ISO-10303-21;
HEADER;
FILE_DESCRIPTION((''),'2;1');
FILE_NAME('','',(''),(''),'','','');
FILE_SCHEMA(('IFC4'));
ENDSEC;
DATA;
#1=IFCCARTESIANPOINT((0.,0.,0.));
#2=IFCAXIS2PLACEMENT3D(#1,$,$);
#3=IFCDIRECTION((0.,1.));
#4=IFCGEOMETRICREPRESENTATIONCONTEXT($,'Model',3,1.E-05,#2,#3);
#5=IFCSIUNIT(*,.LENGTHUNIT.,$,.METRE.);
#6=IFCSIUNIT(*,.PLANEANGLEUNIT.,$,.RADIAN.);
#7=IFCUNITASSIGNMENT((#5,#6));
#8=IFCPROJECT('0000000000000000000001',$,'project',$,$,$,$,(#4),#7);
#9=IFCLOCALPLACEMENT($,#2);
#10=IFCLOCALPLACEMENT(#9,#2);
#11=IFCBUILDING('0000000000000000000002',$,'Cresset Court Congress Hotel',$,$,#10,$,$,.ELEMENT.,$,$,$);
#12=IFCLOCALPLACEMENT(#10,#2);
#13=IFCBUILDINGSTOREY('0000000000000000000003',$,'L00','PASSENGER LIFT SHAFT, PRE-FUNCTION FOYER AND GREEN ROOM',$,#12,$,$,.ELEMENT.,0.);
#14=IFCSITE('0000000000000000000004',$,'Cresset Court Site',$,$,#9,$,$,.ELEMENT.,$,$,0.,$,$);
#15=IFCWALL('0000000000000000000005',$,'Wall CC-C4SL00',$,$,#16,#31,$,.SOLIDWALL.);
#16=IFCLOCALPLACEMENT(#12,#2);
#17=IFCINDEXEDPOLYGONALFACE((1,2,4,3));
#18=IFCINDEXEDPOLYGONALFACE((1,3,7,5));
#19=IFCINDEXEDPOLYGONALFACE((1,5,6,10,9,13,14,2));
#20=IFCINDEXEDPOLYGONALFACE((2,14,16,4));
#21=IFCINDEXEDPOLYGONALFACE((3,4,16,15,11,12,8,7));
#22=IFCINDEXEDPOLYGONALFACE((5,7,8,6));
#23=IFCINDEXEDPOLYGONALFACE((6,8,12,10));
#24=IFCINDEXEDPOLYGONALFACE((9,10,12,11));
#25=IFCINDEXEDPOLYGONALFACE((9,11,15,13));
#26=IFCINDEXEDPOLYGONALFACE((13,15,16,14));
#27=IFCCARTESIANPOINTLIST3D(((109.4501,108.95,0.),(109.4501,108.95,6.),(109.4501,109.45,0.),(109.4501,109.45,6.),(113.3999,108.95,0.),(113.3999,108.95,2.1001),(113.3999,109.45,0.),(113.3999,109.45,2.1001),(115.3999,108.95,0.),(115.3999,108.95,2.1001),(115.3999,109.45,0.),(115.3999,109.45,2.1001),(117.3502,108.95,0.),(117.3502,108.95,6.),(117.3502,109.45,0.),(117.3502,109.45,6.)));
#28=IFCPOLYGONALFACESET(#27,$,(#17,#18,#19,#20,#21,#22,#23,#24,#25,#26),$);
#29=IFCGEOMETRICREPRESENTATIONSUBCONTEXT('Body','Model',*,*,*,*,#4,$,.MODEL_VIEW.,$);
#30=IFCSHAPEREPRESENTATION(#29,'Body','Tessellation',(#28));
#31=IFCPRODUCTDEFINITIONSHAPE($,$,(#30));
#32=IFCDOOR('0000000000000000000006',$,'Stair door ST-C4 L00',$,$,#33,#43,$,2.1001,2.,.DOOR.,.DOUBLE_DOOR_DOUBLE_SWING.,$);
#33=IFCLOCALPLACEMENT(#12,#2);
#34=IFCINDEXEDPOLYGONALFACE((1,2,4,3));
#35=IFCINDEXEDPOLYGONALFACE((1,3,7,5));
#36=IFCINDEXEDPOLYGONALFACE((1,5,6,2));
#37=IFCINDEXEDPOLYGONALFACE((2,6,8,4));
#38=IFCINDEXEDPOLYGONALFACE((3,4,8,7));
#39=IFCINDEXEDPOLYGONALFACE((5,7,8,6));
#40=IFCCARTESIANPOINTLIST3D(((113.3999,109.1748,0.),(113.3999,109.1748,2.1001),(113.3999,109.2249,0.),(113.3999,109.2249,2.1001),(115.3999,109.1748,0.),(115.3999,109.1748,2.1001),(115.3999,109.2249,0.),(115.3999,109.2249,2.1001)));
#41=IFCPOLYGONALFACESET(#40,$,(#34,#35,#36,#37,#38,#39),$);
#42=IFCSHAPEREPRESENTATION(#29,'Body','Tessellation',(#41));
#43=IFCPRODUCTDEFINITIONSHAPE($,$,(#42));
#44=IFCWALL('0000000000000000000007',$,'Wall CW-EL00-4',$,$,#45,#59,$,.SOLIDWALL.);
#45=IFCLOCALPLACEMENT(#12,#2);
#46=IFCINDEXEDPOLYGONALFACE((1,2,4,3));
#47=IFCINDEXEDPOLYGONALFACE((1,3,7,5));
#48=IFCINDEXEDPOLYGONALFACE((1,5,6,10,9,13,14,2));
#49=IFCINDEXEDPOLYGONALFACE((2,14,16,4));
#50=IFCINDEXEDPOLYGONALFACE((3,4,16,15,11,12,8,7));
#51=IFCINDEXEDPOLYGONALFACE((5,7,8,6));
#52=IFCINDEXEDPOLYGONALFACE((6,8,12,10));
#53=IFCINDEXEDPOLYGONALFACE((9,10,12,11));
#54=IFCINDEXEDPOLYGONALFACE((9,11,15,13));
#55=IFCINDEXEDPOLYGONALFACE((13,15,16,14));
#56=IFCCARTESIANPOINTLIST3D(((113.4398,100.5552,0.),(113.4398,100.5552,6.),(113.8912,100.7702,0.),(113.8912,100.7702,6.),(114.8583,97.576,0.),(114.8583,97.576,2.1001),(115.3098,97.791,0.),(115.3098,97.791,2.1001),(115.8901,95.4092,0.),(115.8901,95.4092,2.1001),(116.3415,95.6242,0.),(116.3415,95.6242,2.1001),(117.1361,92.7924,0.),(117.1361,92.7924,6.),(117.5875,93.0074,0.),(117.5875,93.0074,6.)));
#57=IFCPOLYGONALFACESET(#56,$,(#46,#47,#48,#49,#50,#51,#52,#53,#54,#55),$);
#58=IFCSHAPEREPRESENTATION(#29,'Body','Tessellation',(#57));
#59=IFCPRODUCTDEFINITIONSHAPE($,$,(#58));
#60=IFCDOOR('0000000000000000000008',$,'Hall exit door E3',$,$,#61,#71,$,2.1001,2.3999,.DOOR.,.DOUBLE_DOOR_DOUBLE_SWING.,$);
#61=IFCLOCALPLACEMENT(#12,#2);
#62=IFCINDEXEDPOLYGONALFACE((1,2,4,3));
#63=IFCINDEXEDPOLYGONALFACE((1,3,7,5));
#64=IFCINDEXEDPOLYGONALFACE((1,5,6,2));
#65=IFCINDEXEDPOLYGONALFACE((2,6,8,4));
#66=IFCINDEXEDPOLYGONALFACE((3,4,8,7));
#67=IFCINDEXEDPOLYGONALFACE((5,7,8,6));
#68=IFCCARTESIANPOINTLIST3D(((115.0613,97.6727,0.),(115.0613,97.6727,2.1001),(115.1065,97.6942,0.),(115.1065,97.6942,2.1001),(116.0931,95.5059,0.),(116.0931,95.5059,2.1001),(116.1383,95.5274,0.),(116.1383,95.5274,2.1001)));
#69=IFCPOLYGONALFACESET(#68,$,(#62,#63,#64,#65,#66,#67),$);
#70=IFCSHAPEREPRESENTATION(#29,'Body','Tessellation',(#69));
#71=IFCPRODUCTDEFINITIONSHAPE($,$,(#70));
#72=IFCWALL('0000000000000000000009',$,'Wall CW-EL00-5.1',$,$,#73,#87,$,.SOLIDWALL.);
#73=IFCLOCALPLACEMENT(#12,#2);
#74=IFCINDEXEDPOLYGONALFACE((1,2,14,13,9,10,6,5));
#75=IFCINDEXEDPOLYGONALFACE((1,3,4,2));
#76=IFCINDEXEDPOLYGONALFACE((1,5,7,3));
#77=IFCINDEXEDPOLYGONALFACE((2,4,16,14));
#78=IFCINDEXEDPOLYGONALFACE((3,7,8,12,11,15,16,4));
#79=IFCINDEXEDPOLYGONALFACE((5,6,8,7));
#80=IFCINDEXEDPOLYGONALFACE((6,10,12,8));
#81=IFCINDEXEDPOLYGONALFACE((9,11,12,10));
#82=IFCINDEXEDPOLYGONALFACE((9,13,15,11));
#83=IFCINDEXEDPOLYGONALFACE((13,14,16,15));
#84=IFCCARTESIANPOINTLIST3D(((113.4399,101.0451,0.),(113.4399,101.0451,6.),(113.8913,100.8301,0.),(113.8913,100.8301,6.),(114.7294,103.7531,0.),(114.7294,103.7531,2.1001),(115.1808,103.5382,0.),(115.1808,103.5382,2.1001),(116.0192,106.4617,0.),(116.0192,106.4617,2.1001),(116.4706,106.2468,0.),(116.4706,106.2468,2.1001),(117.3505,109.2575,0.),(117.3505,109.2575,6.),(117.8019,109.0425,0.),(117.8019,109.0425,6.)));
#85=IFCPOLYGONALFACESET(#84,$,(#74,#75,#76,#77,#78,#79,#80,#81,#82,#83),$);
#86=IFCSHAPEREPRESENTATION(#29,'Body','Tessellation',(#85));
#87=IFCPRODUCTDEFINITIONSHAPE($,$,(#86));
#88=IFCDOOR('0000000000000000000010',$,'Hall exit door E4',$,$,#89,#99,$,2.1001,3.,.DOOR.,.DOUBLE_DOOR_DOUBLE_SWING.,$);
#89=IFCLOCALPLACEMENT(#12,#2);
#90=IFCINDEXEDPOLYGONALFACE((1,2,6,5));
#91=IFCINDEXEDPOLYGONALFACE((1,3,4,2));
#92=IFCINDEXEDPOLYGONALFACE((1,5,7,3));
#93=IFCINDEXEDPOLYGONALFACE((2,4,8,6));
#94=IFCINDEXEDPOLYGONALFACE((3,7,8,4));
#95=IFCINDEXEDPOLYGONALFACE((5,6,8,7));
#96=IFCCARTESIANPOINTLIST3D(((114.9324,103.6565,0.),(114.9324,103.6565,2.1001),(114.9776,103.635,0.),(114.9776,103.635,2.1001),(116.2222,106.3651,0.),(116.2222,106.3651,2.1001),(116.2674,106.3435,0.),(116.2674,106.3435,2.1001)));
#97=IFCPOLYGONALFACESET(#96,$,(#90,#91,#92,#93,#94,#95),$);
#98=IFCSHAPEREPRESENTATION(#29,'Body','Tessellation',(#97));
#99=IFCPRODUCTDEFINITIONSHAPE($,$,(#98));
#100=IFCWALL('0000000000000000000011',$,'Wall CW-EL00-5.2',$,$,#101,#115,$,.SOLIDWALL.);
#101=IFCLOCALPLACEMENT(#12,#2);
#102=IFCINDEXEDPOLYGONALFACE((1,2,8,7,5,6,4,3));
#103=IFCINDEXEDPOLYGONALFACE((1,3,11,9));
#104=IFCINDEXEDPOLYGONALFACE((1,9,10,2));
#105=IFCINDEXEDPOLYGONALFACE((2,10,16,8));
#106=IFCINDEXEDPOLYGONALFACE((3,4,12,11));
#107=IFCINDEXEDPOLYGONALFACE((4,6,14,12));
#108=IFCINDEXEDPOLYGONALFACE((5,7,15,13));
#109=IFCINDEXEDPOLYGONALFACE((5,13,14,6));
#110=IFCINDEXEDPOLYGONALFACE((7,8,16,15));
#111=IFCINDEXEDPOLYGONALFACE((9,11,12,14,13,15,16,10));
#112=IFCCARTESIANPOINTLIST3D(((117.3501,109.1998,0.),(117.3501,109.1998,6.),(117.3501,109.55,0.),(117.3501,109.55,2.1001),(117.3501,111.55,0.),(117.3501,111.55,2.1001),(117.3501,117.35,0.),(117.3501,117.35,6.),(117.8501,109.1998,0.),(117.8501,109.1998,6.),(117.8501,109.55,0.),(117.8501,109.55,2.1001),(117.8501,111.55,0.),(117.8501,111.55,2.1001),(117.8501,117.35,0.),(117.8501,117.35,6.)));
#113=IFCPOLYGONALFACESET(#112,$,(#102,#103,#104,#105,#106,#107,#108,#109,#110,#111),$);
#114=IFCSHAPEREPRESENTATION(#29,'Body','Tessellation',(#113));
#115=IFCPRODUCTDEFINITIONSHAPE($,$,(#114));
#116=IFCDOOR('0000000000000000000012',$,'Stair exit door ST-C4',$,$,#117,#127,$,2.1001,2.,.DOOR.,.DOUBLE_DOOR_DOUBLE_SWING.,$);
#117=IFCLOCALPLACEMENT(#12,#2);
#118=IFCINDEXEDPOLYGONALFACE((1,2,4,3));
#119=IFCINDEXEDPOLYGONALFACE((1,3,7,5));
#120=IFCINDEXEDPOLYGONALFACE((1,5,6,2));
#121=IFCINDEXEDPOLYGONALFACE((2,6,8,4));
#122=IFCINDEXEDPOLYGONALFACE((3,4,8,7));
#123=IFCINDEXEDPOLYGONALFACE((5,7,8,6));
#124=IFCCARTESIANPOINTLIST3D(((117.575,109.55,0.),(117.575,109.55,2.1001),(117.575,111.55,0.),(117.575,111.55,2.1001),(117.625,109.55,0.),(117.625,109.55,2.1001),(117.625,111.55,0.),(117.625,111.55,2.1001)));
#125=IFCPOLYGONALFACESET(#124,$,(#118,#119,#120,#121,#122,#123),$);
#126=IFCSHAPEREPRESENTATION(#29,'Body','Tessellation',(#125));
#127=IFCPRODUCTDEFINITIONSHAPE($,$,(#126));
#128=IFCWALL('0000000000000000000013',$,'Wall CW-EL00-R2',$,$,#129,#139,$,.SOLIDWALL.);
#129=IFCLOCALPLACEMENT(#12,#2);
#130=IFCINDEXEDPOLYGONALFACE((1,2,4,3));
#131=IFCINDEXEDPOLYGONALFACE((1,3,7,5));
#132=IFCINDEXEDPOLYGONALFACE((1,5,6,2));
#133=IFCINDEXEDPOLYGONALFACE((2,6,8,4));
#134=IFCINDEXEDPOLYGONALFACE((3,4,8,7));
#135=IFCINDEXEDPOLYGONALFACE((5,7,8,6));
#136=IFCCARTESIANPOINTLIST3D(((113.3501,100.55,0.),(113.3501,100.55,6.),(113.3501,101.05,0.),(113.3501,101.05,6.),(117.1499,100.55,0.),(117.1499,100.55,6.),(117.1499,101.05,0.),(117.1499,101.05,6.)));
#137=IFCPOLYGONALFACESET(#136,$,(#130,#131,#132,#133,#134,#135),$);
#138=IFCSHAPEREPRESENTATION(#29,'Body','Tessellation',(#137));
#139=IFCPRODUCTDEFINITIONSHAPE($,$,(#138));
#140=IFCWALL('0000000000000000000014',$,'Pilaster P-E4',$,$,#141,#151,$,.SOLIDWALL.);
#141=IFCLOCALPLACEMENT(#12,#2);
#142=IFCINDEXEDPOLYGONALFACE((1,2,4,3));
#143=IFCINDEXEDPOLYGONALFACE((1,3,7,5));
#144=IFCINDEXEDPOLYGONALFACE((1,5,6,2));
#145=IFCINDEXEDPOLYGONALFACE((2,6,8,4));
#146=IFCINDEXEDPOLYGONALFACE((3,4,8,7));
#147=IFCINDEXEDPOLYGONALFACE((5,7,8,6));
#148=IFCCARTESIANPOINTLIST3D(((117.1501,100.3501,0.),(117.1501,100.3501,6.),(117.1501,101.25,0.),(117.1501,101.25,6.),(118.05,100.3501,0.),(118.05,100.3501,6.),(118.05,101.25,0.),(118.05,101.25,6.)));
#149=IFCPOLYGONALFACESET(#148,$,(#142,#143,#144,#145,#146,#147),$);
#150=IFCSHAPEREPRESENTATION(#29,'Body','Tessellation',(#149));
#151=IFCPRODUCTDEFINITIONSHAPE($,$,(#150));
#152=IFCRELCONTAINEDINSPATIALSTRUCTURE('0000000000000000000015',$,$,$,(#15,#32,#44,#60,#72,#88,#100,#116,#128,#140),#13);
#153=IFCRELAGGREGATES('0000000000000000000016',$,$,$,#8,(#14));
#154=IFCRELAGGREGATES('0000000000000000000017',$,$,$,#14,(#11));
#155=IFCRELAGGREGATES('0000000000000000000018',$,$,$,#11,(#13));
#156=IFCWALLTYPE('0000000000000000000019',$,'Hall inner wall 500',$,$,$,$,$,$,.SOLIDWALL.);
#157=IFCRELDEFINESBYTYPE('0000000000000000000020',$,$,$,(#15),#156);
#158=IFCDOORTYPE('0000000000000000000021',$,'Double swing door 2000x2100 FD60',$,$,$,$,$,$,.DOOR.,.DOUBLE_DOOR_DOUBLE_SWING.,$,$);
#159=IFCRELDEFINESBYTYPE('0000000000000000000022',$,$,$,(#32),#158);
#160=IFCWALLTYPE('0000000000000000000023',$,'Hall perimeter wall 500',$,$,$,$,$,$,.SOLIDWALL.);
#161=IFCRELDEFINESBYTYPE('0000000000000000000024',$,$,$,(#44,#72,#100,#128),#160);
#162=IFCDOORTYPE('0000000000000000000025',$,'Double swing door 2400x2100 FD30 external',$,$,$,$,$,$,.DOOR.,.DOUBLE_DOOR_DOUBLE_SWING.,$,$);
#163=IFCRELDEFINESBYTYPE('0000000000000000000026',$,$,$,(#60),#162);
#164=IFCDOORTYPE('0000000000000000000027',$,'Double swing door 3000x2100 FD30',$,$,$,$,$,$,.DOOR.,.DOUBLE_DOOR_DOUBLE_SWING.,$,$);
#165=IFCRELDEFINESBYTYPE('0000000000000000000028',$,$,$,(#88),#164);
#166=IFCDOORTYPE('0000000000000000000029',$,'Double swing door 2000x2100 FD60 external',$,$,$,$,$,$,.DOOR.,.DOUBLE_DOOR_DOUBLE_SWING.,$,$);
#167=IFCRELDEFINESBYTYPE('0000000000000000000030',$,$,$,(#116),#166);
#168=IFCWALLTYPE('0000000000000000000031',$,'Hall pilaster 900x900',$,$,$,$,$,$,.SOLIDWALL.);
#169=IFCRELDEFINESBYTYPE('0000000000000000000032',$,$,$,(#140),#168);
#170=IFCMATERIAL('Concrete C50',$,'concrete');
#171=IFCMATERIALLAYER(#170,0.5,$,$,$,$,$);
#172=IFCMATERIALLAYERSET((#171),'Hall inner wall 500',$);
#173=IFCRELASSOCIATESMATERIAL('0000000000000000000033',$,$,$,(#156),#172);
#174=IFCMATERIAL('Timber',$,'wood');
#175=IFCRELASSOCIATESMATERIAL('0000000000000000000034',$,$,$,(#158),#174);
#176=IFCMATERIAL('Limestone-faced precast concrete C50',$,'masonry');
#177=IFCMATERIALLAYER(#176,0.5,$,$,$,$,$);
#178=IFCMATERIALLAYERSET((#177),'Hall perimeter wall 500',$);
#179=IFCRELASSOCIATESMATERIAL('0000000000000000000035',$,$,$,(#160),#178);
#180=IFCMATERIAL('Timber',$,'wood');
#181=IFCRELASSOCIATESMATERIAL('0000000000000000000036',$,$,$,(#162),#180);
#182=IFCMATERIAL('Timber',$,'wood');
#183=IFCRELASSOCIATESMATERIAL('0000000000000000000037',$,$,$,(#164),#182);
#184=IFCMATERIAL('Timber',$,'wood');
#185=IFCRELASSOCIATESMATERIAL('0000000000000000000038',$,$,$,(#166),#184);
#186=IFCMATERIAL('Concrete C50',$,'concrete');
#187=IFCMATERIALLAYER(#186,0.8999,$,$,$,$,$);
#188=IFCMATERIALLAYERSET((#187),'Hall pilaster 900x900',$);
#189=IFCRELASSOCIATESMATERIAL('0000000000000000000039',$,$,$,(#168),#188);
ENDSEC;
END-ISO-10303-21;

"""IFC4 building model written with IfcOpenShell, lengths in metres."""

from ifc_helpers import new_model, si_unit, direction, frame, frame_2d, origin, place, context, subcontext, project, spatial, rectangle, extrude, material, layer, layer_set, type_object, element, fill, save


model = new_model("IFC4")

# Units and contexts
model_context = context("Model", 3, precision=1e-05, world=origin(), true_north=direction((0.0, 1.0)))
body_context = subcontext(model_context, "Body", "Model", "MODEL_VIEW")
ifc_project = project(units=[si_unit("LENGTHUNIT", "METRE"), si_unit("PLANEANGLEUNIT", "RADIAN")], contexts=[model_context])

# Site, building, storey
site_placement = place(None, origin())
site = spatial("IfcSite", under=ifc_project, at=site_placement, Name="Cresset Court Site", CompositionType="ELEMENT", RefElevation=0.0)
building_placement = place(site_placement, origin())
building = spatial("IfcBuilding", under=site, at=building_placement, Name="Cresset Court Congress Hotel", CompositionType="ELEMENT")
storey_placement = place(building_placement, origin())
storey = spatial("IfcBuildingStorey", under=building, at=storey_placement, Name="L00", Description="PASSENGER LIFT SHAFT, PRE-FUNCTION FOYER AND GREEN ROOM", CompositionType="ELEMENT", Elevation=0.0)

# Walls, openings, doors
ifc_material_1 = material(Name="Concrete C50", Category="concrete")
ifc_layer_1 = layer(ifc_material_1, 0.5)
ifc_layer_set_1 = layer_set([ifc_layer_1], Name="Hall inner wall 500")
wall_type_1 = type_object("IfcWallType", Name="Hall inner wall 500", PredefinedType="SOLIDWALL", material=ifc_layer_set_1)
wall_1_placement = place(storey_placement, frame((109.45, 109.2, 0.0), z_axis=(0.0, 0.0, 1.0), x_axis=(1.0, 0.0, 0.0)))
wall_1 = element("IfcWall", 1, at=wall_1_placement, inside=storey, type_object=wall_type_1, Name="Wall CC-C4SL00", PredefinedType="SOLIDWALL", context=body_context, shape_type="SweptSolid", body=[
    extrude(rectangle(XDim=7.9001, YDim=0.5, at=frame_2d((3.9502, 0.0))), origin(), (0.0, 0.0, 1.0), 6.0),
])
opening_1_placement = place(wall_1_placement, frame((3.95, 0.0, 0.0)))
opening_1 = element("IfcOpeningElement", 2, at=opening_1_placement, cuts=wall_1, PredefinedType="OPENING", context=body_context, shape_type="SweptSolid", body=[
    extrude(rectangle(XDim=2.0, YDim=2.1001, at=frame_2d((1.0, 1.05))), frame((0.0, 0.26, 0.0), z_axis=(0.0, -1.0, 0.0), x_axis=(1.0, 0.0, 0.0)), (0.0, 0.0, 1.0), 0.52),
])
ifc_material_2 = material(Name="Timber", Category="wood")
door_type_1 = type_object("IfcDoorType", Name="Double swing door 2000x2100 FD60", OperationType="DOUBLE_DOOR_DOUBLE_SWING", PredefinedType="DOOR", material=ifc_material_2)
door_1_placement = place(opening_1_placement, origin())
door_1 = element("IfcDoor", 3, at=door_1_placement, inside=storey, type_object=door_type_1, Name="Stair door ST-C4 L00", OperationType="DOUBLE_DOOR_DOUBLE_SWING", OverallHeight=2.1001, OverallWidth=2.0, PredefinedType="DOOR", context=body_context, shape_type="SweptSolid", body=[
    extrude(rectangle(XDim=2.0, YDim=2.1001, at=frame_2d((1.0, 1.05))), frame((0.0, 0.0249, 0.0), z_axis=(0.0, -1.0, 0.0), x_axis=(1.0, 0.0, 0.0)), (0.0, 0.0, 1.0), 0.05),
])
fill(opening_1, door_1)
ifc_material_3 = material(Name="Limestone-faced precast concrete C50", Category="masonry")
ifc_layer_2 = layer(ifc_material_3, 0.5)
ifc_layer_set_2 = layer_set([ifc_layer_2], Name="Hall perimeter wall 500")
wall_type_2 = type_object("IfcWallType", Name="Hall perimeter wall 500", PredefinedType="SOLIDWALL", material=ifc_layer_set_2)
wall_2_placement = place(storey_placement, frame((113.6655, 100.6626, 0.0), z_axis=(0.0, 0.0, 1.0), x_axis=(0.429912, -0.902871, 0.0)))
wall_2 = element("IfcWall", 4, at=wall_2_placement, inside=storey, type_object=wall_type_2, Name="Wall CW-EL00-4", PredefinedType="SOLIDWALL", context=body_context, shape_type="SweptSolid", body=[
    extrude(rectangle(XDim=8.5979, YDim=0.5, at=frame_2d((4.2988, 0.0))), origin(), (0.0, 0.0, 1.0), 6.0),
])
opening_2_placement = place(wall_2_placement, frame((3.2996, 0.0, 0.0)))
opening_2 = element("IfcOpeningElement", 5, at=opening_2_placement, cuts=wall_2, PredefinedType="OPENING", context=body_context, shape_type="SweptSolid", body=[
    extrude(rectangle(XDim=2.3999, YDim=2.1001, at=frame_2d((1.2, 1.05))), frame((0.0, 0.26, 0.0), z_axis=(0.0, -1.0, 0.0), x_axis=(1.0, 0.0, 0.0)), (0.0, 0.0, 1.0), 0.52),
])
ifc_material_4 = material(Name="Timber", Category="wood")
door_type_2 = type_object("IfcDoorType", Name="Double swing door 2400x2100 FD30 external", OperationType="DOUBLE_DOOR_DOUBLE_SWING", PredefinedType="DOOR", material=ifc_material_4)
door_2_placement = place(opening_2_placement, origin())
door_2 = element("IfcDoor", 6, at=door_2_placement, inside=storey, type_object=door_type_2, Name="Hall exit door E3", OperationType="DOUBLE_DOOR_DOUBLE_SWING", OverallHeight=2.1001, OverallWidth=2.3999, PredefinedType="DOOR", context=body_context, shape_type="SweptSolid", body=[
    extrude(rectangle(XDim=2.3999, YDim=2.1001, at=frame_2d((1.2, 1.05))), frame((0.0, 0.0249, 0.0), z_axis=(0.0, -1.0, 0.0), x_axis=(1.0, 0.0, 0.0)), (0.0, 0.0, 1.0), 0.05),
])
fill(opening_2, door_2)
wall_3_placement = place(storey_placement, frame((117.5762, 109.1499, 0.0), z_axis=(0.0, 0.0, 1.0), x_axis=(-0.429931, -0.902862, 0.0)))
wall_3 = element("IfcWall", 7, at=wall_3_placement, inside=storey, type_object=wall_type_2, Name="Wall CW-EL00-5.1", PredefinedType="SOLIDWALL", context=body_context, shape_type="SweptSolid", body=[
    extrude(rectangle(XDim=9.0959, YDim=0.5, at=frame_2d((4.5479, 0.0))), origin(), (0.0, 0.0, 1.0), 6.0),
])
opening_3_placement = place(wall_3_placement, frame((3.0964, 0.0, 0.0)))
opening_3 = element("IfcOpeningElement", 8, at=opening_3_placement, cuts=wall_3, PredefinedType="OPENING", context=body_context, shape_type="SweptSolid", body=[
    extrude(rectangle(XDim=3.0, YDim=2.1001, at=frame_2d((1.5, 1.05))), frame((0.0, 0.26, 0.0), z_axis=(0.0, -1.0, 0.0), x_axis=(1.0, 0.0, 0.0)), (0.0, 0.0, 1.0), 0.52),
])
ifc_material_5 = material(Name="Timber", Category="wood")
door_type_3 = type_object("IfcDoorType", Name="Double swing door 3000x2100 FD30", OperationType="DOUBLE_DOOR_DOUBLE_SWING", PredefinedType="DOOR", material=ifc_material_5)
door_3_placement = place(opening_3_placement, origin())
door_3 = element("IfcDoor", 9, at=door_3_placement, inside=storey, type_object=door_type_3, Name="Hall exit door E4", OperationType="DOUBLE_DOOR_DOUBLE_SWING", OverallHeight=2.1001, OverallWidth=3.0, PredefinedType="DOOR", context=body_context, shape_type="SweptSolid", body=[
    extrude(rectangle(XDim=3.0, YDim=2.1001, at=frame_2d((1.5, 1.05))), frame((0.0, 0.0249, 0.0), z_axis=(0.0, -1.0, 0.0), x_axis=(1.0, 0.0, 0.0)), (0.0, 0.0, 1.0), 0.05),
])
fill(opening_3, door_3)
wall_4_placement = place(storey_placement, frame((117.6001, 117.3501, 0.0), z_axis=(0.0, 0.0, 1.0), x_axis=(0.0, -1.0, 0.0)))
wall_4 = element("IfcWall", 10, at=wall_4_placement, inside=storey, type_object=wall_type_2, Name="Wall CW-EL00-5.2", PredefinedType="SOLIDWALL", context=body_context, shape_type="SweptSolid", body=[
    extrude(rectangle(XDim=8.1501, YDim=0.5, at=frame_2d((4.0752, 0.0))), origin(), (0.0, 0.0, 1.0), 6.0),
])
opening_4_placement = place(wall_4_placement, frame((5.8, 0.0, 0.0)))
opening_4 = element("IfcOpeningElement", 11, at=opening_4_placement, cuts=wall_4, PredefinedType="OPENING", context=body_context, shape_type="SweptSolid", body=[
    extrude(rectangle(XDim=2.0, YDim=2.1001, at=frame_2d((1.0, 1.05))), frame((0.0, 0.26, 0.0), z_axis=(0.0, -1.0, 0.0), x_axis=(1.0, 0.0, 0.0)), (0.0, 0.0, 1.0), 0.52),
])
ifc_material_6 = material(Name="Timber", Category="wood")
door_type_4 = type_object("IfcDoorType", Name="Double swing door 2000x2100 FD60 external", OperationType="DOUBLE_DOOR_DOUBLE_SWING", PredefinedType="DOOR", material=ifc_material_6)
door_4_placement = place(opening_4_placement, origin())
door_4 = element("IfcDoor", 12, at=door_4_placement, inside=storey, type_object=door_type_4, Name="Stair exit door ST-C4", OperationType="DOUBLE_DOOR_DOUBLE_SWING", OverallHeight=2.1001, OverallWidth=2.0, PredefinedType="DOOR", context=body_context, shape_type="SweptSolid", body=[
    extrude(rectangle(XDim=2.0, YDim=2.1001, at=frame_2d((1.0, 1.05))), frame((0.0, 0.0249, 0.0), z_axis=(0.0, -1.0, 0.0), x_axis=(1.0, 0.0, 0.0)), (0.0, 0.0, 1.0), 0.05),
])
fill(opening_4, door_4)

# Walls
wall_5_placement = place(storey_placement, frame((113.3501, 100.8, 0.0), z_axis=(0.0, 0.0, 1.0), x_axis=(1.0, 0.0, 0.0)))
element("IfcWall", 13, at=wall_5_placement, inside=storey, type_object=wall_type_2, Name="Wall CW-EL00-R2", PredefinedType="SOLIDWALL", context=body_context, shape_type="SweptSolid", body=[
    extrude(rectangle(XDim=3.7998, YDim=0.5, at=frame_2d((1.8999, 0.0))), origin(), (0.0, 0.0, 1.0), 6.0),
])
ifc_material_7 = material(Name="Concrete C50", Category="concrete")
ifc_layer_3 = layer(ifc_material_7, 0.8999)
ifc_layer_set_3 = layer_set([ifc_layer_3], Name="Hall pilaster 900x900")
wall_type_3 = type_object("IfcWallType", Name="Hall pilaster 900x900", PredefinedType="SOLIDWALL", material=ifc_layer_set_3)
wall_6_placement = place(storey_placement, frame((117.6001, 100.3501, 0.0), z_axis=(0.0, 0.0, 1.0), x_axis=(0.0, 1.0, 0.0)))
element("IfcWall", 14, at=wall_6_placement, inside=storey, type_object=wall_type_3, Name="Pilaster P-E4", PredefinedType="SOLIDWALL", context=body_context, shape_type="SweptSolid", body=[
    extrude(rectangle(XDim=0.8999, YDim=0.8999, at=frame_2d((0.45, 0.0))), origin(), (0.0, 0.0, 1.0), 6.0),
])

save(model, "model.ifc")
